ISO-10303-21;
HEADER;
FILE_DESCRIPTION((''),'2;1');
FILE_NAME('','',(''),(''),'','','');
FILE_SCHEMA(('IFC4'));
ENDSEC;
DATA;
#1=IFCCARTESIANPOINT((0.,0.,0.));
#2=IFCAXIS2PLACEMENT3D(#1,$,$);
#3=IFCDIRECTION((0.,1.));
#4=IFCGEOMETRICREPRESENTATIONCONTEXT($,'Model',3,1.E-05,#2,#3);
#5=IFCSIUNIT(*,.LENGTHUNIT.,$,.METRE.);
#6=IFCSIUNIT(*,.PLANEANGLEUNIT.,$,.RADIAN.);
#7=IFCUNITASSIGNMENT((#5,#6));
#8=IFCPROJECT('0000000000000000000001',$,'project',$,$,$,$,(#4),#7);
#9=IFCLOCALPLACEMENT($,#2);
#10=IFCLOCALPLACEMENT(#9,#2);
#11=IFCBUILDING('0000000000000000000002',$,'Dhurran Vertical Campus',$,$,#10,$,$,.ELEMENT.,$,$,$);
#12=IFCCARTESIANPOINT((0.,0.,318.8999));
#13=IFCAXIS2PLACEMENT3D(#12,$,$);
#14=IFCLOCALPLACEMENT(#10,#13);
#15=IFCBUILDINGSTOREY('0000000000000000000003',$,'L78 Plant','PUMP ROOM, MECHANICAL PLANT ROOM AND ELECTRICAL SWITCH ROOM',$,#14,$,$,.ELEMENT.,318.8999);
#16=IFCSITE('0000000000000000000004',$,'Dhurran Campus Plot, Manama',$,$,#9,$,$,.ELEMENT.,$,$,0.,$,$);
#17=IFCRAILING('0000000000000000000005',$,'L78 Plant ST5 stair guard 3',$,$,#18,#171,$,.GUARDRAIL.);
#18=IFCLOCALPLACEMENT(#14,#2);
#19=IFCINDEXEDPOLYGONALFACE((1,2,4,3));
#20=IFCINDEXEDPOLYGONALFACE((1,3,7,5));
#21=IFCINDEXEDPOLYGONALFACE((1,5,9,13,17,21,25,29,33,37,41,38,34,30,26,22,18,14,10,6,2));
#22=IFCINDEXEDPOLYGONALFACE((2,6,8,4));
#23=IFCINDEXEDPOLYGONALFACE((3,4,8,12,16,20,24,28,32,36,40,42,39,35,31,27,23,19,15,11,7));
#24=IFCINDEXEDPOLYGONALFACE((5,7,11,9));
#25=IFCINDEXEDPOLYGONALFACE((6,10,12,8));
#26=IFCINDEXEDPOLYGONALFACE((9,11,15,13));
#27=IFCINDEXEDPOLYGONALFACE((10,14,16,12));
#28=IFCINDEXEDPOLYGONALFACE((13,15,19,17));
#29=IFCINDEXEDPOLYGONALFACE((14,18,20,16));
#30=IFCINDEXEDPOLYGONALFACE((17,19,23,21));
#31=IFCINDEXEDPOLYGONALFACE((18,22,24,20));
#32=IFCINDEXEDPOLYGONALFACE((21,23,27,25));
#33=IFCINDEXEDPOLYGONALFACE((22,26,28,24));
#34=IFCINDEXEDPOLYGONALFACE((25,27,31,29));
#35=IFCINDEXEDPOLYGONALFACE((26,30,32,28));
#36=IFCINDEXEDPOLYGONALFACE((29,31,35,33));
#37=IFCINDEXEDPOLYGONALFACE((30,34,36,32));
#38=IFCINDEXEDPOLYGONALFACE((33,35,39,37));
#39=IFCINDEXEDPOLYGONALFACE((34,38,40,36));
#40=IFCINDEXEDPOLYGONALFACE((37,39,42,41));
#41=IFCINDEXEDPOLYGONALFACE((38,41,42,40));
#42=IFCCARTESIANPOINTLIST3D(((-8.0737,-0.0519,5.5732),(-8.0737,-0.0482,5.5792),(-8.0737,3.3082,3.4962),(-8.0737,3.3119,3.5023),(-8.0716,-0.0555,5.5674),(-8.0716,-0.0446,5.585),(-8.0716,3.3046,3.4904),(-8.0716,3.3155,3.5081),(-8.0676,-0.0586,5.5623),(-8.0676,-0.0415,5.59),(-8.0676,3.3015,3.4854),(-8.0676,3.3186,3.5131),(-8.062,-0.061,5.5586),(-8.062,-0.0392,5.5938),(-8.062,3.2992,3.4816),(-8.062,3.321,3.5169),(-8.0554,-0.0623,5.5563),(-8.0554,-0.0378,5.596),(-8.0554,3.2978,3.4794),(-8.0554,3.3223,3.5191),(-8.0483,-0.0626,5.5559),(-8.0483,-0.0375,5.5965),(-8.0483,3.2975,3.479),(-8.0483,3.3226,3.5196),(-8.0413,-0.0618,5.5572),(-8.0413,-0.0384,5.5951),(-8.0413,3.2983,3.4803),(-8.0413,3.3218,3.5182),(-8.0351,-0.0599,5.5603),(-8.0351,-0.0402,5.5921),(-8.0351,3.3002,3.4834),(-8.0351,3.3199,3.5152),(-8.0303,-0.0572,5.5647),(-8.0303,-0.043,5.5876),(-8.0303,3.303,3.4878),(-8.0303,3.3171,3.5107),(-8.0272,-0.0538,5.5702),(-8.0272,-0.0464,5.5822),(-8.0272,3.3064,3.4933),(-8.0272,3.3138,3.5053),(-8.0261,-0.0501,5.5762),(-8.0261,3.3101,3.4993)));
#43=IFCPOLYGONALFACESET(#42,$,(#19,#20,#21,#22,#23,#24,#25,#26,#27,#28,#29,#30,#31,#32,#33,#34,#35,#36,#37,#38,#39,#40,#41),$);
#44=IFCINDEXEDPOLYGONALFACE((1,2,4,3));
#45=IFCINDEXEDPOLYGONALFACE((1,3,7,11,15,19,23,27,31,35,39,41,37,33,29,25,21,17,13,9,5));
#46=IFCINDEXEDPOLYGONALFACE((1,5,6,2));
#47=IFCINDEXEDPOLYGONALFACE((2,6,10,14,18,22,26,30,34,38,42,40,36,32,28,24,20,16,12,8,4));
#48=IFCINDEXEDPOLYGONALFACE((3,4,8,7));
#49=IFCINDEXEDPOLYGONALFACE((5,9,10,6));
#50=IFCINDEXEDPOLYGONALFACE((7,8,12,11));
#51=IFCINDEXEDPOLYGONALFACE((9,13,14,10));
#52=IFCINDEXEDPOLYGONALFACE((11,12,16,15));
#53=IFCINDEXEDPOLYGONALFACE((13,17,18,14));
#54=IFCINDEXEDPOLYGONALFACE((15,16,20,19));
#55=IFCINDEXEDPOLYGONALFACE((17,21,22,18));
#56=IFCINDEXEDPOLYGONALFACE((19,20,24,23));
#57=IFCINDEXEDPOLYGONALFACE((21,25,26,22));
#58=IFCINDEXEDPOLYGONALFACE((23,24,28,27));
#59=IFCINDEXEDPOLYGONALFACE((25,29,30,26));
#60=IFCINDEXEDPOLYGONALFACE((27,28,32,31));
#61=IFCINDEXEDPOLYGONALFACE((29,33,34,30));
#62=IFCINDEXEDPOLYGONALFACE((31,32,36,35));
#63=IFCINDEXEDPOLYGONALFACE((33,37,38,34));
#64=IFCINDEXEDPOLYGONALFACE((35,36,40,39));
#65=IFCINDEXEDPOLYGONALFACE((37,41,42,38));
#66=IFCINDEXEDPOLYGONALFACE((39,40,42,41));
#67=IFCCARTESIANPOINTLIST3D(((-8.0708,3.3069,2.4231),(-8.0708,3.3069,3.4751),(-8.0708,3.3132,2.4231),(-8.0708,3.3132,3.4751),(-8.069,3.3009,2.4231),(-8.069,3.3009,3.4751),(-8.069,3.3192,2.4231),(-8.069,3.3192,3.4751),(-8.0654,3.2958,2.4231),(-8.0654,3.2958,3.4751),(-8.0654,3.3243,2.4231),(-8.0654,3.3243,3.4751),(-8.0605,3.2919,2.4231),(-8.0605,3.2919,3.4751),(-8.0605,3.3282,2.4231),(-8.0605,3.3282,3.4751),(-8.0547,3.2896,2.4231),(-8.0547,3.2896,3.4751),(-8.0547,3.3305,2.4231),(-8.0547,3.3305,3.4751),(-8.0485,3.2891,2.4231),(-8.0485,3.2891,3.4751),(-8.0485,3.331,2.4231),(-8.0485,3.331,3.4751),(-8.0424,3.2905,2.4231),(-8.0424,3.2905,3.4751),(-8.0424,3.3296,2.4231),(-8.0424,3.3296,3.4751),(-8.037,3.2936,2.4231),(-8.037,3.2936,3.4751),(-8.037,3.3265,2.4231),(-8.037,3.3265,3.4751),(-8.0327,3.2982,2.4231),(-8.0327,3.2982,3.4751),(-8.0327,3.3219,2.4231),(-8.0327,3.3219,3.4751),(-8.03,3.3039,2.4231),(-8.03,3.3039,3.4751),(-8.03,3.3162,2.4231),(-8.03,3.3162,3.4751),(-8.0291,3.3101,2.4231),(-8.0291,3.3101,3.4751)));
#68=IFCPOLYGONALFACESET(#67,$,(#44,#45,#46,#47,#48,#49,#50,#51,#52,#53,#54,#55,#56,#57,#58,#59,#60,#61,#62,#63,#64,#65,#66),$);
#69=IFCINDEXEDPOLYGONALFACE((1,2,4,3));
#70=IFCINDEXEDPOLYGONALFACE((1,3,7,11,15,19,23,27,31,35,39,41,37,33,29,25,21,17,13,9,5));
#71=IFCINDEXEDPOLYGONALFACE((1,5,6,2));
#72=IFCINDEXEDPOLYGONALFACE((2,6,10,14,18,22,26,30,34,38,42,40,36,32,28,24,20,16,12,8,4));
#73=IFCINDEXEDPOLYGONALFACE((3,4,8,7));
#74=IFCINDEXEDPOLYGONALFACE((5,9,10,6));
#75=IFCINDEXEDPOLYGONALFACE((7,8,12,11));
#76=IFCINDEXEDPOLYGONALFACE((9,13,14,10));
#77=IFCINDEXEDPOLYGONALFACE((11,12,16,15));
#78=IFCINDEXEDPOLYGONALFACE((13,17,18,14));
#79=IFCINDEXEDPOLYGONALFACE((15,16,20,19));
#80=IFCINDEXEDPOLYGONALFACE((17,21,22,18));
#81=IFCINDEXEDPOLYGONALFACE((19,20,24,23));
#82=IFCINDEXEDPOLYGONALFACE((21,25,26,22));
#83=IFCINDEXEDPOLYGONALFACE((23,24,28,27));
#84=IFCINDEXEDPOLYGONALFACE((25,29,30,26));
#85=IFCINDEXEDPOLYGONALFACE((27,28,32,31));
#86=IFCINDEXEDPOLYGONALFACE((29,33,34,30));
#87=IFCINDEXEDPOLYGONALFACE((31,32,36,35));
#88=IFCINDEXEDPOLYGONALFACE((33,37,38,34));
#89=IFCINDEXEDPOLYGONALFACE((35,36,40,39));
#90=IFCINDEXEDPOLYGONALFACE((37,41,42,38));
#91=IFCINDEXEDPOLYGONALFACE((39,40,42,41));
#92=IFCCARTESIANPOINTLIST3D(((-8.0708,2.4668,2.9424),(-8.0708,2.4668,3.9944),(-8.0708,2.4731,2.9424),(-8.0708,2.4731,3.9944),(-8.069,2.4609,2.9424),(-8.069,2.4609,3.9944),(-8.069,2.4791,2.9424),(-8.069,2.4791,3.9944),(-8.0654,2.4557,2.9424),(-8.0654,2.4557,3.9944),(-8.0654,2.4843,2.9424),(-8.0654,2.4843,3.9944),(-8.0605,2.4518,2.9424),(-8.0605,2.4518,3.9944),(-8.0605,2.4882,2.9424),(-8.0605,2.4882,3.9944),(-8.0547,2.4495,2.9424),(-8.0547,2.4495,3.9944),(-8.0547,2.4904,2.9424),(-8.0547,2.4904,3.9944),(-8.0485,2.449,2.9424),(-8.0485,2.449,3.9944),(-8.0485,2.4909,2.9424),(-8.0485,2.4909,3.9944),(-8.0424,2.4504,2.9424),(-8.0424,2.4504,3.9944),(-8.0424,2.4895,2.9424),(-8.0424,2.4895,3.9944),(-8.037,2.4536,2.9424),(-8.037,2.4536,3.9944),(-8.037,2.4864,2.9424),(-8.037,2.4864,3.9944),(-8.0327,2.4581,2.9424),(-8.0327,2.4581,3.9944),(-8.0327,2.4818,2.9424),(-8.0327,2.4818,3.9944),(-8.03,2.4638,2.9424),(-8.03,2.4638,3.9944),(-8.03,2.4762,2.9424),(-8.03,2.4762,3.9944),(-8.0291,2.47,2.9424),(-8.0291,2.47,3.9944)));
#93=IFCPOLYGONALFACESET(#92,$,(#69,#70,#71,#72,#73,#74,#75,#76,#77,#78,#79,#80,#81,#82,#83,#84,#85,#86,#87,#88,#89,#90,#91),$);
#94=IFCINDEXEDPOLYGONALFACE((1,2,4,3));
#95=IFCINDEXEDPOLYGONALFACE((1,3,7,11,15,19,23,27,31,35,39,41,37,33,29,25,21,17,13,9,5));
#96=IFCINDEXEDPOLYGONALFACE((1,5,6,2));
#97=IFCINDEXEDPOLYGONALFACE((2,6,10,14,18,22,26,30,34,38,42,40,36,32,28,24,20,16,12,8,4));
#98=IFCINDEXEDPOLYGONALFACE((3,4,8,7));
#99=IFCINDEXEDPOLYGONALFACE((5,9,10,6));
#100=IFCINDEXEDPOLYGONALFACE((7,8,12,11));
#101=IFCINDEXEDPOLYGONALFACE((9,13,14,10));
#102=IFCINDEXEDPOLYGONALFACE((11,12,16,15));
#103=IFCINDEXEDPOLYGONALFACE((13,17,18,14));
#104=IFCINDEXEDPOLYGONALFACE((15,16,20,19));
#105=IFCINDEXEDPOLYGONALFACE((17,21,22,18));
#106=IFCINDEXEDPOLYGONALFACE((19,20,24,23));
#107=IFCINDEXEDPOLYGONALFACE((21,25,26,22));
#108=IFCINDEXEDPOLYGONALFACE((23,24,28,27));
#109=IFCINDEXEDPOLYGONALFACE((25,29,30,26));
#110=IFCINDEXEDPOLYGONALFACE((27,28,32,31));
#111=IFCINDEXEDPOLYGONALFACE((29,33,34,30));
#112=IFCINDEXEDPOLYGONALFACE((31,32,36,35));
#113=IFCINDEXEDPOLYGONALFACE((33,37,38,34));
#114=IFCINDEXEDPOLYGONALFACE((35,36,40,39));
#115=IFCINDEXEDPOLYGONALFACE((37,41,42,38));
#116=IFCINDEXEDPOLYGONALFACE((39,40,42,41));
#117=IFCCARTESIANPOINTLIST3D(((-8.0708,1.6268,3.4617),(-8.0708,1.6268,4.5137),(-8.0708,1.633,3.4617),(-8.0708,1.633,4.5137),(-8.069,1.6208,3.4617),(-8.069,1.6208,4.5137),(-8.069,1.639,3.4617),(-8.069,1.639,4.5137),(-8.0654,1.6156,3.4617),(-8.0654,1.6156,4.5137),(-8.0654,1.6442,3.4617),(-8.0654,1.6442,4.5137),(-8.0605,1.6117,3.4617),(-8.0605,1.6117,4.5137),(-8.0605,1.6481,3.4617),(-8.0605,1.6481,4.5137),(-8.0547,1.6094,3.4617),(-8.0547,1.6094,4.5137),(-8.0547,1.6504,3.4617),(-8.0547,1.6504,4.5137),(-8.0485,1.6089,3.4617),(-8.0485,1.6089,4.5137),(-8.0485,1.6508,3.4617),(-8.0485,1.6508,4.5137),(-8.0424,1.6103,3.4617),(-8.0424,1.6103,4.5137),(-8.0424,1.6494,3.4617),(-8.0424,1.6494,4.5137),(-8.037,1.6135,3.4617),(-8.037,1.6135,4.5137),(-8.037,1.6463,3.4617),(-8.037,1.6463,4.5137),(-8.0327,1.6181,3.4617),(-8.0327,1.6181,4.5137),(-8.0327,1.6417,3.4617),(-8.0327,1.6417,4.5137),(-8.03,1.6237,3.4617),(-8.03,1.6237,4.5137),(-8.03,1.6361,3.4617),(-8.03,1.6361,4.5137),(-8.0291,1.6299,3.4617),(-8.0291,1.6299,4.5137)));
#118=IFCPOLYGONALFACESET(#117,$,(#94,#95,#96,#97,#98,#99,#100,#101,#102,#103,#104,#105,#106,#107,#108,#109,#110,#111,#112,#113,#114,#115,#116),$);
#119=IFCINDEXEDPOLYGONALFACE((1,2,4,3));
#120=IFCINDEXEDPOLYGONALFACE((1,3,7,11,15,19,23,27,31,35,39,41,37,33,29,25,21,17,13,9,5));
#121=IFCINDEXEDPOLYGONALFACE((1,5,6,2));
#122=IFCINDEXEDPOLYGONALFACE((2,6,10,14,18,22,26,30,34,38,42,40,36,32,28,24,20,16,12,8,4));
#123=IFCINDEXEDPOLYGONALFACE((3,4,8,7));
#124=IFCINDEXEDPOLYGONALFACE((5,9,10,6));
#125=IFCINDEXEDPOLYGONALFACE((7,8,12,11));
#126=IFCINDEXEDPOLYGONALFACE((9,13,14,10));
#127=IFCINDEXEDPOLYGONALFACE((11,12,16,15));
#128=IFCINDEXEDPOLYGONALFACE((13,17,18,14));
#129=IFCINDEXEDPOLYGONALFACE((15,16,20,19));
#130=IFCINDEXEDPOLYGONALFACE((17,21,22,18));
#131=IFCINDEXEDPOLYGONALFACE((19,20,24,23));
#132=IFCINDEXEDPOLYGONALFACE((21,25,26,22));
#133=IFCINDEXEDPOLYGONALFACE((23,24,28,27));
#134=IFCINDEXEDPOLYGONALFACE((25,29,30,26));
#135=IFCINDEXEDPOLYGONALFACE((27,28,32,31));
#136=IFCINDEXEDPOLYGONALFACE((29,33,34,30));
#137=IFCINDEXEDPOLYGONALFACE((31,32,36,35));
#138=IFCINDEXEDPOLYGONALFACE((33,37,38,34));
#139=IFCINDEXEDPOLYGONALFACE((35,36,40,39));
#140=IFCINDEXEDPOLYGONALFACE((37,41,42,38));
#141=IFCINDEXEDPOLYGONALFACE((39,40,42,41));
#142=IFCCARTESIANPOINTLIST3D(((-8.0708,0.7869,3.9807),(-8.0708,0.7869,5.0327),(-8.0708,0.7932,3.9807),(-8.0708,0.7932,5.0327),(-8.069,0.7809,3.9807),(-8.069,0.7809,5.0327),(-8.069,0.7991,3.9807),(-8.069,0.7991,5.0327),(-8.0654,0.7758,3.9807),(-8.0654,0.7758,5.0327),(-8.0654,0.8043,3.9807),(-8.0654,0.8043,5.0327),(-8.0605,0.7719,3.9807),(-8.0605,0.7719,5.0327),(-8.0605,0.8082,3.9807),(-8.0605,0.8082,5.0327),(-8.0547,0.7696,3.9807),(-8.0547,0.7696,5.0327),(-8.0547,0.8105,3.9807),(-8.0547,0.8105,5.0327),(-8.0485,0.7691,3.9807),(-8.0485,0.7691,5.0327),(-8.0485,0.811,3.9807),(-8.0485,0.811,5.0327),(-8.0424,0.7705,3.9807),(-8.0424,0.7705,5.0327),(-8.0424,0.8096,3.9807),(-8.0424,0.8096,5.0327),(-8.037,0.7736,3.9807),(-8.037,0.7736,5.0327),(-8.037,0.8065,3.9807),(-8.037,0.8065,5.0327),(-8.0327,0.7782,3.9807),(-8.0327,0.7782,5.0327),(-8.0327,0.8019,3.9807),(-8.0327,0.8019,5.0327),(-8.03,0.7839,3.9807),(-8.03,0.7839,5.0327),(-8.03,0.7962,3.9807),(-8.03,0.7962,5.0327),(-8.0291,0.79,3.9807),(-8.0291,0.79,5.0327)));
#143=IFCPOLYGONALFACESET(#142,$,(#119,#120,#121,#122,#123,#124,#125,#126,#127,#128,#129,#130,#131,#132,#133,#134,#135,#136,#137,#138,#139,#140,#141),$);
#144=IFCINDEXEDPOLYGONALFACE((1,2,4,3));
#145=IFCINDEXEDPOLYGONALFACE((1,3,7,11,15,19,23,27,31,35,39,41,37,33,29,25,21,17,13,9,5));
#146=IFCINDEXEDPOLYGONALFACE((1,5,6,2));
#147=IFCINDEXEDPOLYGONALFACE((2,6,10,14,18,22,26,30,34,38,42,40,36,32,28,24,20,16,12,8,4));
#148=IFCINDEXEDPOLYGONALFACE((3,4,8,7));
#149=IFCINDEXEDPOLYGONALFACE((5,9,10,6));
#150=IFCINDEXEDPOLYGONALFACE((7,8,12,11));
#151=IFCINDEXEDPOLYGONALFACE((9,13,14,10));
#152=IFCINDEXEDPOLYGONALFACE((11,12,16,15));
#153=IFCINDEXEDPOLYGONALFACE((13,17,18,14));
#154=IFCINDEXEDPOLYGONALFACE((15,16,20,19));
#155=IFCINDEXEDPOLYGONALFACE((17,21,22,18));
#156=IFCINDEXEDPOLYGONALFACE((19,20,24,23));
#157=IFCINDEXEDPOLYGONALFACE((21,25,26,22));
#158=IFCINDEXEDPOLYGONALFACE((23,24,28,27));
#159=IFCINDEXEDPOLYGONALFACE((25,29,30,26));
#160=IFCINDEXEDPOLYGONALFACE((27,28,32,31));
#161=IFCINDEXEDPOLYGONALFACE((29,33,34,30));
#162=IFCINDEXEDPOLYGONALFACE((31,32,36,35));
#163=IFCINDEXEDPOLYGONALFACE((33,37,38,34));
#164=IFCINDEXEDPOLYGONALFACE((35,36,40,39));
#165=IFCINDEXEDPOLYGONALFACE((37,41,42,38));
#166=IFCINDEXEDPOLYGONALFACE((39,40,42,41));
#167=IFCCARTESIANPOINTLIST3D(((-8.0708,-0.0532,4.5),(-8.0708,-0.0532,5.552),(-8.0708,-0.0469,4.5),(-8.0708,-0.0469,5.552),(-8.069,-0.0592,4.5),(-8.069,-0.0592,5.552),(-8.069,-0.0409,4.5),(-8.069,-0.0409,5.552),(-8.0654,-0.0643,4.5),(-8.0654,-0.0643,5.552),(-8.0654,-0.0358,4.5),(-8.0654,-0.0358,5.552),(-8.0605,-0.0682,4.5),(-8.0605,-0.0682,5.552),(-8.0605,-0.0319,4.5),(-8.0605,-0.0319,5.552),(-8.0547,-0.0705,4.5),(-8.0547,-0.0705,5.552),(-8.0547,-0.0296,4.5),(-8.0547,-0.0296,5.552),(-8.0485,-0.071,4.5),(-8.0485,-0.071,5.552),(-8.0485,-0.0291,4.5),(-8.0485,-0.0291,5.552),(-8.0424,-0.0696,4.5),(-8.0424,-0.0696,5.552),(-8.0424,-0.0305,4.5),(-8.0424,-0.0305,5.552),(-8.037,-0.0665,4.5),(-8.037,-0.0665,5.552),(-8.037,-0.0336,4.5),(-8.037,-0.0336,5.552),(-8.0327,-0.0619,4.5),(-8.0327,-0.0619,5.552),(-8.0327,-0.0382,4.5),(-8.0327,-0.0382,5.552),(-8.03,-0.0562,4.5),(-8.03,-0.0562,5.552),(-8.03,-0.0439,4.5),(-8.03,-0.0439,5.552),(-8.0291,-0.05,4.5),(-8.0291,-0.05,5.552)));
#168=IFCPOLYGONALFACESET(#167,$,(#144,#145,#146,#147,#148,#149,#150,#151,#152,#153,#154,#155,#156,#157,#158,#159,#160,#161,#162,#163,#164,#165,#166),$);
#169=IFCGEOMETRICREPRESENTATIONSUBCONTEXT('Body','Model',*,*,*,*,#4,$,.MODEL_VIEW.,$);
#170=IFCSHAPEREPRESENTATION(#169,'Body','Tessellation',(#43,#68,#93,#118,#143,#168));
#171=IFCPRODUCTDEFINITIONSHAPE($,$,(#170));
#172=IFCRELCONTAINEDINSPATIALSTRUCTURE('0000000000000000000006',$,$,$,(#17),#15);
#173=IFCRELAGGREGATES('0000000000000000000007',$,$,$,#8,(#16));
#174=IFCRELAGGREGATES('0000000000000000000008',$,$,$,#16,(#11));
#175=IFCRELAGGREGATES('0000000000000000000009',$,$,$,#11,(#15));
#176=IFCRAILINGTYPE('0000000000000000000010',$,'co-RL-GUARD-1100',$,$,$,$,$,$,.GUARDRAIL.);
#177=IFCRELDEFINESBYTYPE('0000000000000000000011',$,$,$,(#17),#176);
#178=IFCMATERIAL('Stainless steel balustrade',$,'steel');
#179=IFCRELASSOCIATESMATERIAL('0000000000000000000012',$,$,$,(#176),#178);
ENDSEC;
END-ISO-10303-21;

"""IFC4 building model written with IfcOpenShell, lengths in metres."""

from ifc_helpers import new_model, si_unit, direction, frame, origin, origin_2d, place, context, subcontext, project, spatial, circle, extrude, material, type_object, element, save


model = new_model("IFC4")

# Units and contexts
model_context = context("Model", 3, precision=1e-05, world=origin(), true_north=direction((0.0, 1.0)))
body_context = subcontext(model_context, "Body", "Model", "MODEL_VIEW")
ifc_project = project(units=[si_unit("LENGTHUNIT", "METRE"), si_unit("PLANEANGLEUNIT", "RADIAN")], contexts=[model_context])

# Site, building, storey
site_placement = place(None, origin())
site = spatial("IfcSite", under=ifc_project, at=site_placement, Name="Dhurran Campus Plot, Manama", CompositionType="ELEMENT", RefElevation=0.0)
building_placement = place(site_placement, origin())
building = spatial("IfcBuilding", under=site, at=building_placement, Name="Dhurran Vertical Campus", CompositionType="ELEMENT")
storey_placement = place(building_placement, frame((0.0, 0.0, 318.8999)))
storey = spatial("IfcBuildingStorey", under=building, at=storey_placement, Name="L78 Plant", Description="PUMP ROOM, MECHANICAL PLANT ROOM AND ELECTRICAL SWITCH ROOM", CompositionType="ELEMENT", Elevation=318.8999)

# Railing
ifc_material_1 = material(Name="Stainless steel balustrade", Category="steel")
railing_type_1 = type_object("IfcRailingType", Name="co-RL-GUARD-1100", PredefinedType="GUARDRAIL", material=ifc_material_1)
railing_1_placement = place(storey_placement, frame((-8.05, 3.3101, 2.4231)))
element("IfcRailing", 1, at=railing_1_placement, inside=storey, type_object=railing_type_1, Name="L78 Plant ST5 stair guard 3", PredefinedType="GUARDRAIL", context=body_context, shape_type="SweptSolid", body=[
    extrude(circle(Radius=0.0239, at=origin_2d()), frame((0.0, 0.0, 1.0762), z_axis=(0.0, -0.850623, 0.525776), x_axis=(1.0, 0.0, 0.0)), (0.0, 0.0, 1.0), 3.9502),
    extrude(circle(Radius=0.021, at=origin_2d()), origin(), (0.0, 0.0, 1.0), 1.052),
    extrude(circle(Radius=0.021, at=origin_2d()), frame((0.0, -0.8401, 0.5193)), (0.0, 0.0, 1.0), 1.052),
    extrude(circle(Radius=0.021, at=origin_2d()), frame((0.0, -1.6802, 1.0386)), (0.0, 0.0, 1.0), 1.052),
    extrude(circle(Radius=0.021, at=origin_2d()), frame((0.0, -2.52, 1.5576)), (0.0, 0.0, 1.0), 1.052),
    extrude(circle(Radius=0.021, at=origin_2d()), frame((0.0, -3.3601, 2.0769)), (0.0, 0.0, 1.0), 1.052),
])

save(model, "model.ifc")
